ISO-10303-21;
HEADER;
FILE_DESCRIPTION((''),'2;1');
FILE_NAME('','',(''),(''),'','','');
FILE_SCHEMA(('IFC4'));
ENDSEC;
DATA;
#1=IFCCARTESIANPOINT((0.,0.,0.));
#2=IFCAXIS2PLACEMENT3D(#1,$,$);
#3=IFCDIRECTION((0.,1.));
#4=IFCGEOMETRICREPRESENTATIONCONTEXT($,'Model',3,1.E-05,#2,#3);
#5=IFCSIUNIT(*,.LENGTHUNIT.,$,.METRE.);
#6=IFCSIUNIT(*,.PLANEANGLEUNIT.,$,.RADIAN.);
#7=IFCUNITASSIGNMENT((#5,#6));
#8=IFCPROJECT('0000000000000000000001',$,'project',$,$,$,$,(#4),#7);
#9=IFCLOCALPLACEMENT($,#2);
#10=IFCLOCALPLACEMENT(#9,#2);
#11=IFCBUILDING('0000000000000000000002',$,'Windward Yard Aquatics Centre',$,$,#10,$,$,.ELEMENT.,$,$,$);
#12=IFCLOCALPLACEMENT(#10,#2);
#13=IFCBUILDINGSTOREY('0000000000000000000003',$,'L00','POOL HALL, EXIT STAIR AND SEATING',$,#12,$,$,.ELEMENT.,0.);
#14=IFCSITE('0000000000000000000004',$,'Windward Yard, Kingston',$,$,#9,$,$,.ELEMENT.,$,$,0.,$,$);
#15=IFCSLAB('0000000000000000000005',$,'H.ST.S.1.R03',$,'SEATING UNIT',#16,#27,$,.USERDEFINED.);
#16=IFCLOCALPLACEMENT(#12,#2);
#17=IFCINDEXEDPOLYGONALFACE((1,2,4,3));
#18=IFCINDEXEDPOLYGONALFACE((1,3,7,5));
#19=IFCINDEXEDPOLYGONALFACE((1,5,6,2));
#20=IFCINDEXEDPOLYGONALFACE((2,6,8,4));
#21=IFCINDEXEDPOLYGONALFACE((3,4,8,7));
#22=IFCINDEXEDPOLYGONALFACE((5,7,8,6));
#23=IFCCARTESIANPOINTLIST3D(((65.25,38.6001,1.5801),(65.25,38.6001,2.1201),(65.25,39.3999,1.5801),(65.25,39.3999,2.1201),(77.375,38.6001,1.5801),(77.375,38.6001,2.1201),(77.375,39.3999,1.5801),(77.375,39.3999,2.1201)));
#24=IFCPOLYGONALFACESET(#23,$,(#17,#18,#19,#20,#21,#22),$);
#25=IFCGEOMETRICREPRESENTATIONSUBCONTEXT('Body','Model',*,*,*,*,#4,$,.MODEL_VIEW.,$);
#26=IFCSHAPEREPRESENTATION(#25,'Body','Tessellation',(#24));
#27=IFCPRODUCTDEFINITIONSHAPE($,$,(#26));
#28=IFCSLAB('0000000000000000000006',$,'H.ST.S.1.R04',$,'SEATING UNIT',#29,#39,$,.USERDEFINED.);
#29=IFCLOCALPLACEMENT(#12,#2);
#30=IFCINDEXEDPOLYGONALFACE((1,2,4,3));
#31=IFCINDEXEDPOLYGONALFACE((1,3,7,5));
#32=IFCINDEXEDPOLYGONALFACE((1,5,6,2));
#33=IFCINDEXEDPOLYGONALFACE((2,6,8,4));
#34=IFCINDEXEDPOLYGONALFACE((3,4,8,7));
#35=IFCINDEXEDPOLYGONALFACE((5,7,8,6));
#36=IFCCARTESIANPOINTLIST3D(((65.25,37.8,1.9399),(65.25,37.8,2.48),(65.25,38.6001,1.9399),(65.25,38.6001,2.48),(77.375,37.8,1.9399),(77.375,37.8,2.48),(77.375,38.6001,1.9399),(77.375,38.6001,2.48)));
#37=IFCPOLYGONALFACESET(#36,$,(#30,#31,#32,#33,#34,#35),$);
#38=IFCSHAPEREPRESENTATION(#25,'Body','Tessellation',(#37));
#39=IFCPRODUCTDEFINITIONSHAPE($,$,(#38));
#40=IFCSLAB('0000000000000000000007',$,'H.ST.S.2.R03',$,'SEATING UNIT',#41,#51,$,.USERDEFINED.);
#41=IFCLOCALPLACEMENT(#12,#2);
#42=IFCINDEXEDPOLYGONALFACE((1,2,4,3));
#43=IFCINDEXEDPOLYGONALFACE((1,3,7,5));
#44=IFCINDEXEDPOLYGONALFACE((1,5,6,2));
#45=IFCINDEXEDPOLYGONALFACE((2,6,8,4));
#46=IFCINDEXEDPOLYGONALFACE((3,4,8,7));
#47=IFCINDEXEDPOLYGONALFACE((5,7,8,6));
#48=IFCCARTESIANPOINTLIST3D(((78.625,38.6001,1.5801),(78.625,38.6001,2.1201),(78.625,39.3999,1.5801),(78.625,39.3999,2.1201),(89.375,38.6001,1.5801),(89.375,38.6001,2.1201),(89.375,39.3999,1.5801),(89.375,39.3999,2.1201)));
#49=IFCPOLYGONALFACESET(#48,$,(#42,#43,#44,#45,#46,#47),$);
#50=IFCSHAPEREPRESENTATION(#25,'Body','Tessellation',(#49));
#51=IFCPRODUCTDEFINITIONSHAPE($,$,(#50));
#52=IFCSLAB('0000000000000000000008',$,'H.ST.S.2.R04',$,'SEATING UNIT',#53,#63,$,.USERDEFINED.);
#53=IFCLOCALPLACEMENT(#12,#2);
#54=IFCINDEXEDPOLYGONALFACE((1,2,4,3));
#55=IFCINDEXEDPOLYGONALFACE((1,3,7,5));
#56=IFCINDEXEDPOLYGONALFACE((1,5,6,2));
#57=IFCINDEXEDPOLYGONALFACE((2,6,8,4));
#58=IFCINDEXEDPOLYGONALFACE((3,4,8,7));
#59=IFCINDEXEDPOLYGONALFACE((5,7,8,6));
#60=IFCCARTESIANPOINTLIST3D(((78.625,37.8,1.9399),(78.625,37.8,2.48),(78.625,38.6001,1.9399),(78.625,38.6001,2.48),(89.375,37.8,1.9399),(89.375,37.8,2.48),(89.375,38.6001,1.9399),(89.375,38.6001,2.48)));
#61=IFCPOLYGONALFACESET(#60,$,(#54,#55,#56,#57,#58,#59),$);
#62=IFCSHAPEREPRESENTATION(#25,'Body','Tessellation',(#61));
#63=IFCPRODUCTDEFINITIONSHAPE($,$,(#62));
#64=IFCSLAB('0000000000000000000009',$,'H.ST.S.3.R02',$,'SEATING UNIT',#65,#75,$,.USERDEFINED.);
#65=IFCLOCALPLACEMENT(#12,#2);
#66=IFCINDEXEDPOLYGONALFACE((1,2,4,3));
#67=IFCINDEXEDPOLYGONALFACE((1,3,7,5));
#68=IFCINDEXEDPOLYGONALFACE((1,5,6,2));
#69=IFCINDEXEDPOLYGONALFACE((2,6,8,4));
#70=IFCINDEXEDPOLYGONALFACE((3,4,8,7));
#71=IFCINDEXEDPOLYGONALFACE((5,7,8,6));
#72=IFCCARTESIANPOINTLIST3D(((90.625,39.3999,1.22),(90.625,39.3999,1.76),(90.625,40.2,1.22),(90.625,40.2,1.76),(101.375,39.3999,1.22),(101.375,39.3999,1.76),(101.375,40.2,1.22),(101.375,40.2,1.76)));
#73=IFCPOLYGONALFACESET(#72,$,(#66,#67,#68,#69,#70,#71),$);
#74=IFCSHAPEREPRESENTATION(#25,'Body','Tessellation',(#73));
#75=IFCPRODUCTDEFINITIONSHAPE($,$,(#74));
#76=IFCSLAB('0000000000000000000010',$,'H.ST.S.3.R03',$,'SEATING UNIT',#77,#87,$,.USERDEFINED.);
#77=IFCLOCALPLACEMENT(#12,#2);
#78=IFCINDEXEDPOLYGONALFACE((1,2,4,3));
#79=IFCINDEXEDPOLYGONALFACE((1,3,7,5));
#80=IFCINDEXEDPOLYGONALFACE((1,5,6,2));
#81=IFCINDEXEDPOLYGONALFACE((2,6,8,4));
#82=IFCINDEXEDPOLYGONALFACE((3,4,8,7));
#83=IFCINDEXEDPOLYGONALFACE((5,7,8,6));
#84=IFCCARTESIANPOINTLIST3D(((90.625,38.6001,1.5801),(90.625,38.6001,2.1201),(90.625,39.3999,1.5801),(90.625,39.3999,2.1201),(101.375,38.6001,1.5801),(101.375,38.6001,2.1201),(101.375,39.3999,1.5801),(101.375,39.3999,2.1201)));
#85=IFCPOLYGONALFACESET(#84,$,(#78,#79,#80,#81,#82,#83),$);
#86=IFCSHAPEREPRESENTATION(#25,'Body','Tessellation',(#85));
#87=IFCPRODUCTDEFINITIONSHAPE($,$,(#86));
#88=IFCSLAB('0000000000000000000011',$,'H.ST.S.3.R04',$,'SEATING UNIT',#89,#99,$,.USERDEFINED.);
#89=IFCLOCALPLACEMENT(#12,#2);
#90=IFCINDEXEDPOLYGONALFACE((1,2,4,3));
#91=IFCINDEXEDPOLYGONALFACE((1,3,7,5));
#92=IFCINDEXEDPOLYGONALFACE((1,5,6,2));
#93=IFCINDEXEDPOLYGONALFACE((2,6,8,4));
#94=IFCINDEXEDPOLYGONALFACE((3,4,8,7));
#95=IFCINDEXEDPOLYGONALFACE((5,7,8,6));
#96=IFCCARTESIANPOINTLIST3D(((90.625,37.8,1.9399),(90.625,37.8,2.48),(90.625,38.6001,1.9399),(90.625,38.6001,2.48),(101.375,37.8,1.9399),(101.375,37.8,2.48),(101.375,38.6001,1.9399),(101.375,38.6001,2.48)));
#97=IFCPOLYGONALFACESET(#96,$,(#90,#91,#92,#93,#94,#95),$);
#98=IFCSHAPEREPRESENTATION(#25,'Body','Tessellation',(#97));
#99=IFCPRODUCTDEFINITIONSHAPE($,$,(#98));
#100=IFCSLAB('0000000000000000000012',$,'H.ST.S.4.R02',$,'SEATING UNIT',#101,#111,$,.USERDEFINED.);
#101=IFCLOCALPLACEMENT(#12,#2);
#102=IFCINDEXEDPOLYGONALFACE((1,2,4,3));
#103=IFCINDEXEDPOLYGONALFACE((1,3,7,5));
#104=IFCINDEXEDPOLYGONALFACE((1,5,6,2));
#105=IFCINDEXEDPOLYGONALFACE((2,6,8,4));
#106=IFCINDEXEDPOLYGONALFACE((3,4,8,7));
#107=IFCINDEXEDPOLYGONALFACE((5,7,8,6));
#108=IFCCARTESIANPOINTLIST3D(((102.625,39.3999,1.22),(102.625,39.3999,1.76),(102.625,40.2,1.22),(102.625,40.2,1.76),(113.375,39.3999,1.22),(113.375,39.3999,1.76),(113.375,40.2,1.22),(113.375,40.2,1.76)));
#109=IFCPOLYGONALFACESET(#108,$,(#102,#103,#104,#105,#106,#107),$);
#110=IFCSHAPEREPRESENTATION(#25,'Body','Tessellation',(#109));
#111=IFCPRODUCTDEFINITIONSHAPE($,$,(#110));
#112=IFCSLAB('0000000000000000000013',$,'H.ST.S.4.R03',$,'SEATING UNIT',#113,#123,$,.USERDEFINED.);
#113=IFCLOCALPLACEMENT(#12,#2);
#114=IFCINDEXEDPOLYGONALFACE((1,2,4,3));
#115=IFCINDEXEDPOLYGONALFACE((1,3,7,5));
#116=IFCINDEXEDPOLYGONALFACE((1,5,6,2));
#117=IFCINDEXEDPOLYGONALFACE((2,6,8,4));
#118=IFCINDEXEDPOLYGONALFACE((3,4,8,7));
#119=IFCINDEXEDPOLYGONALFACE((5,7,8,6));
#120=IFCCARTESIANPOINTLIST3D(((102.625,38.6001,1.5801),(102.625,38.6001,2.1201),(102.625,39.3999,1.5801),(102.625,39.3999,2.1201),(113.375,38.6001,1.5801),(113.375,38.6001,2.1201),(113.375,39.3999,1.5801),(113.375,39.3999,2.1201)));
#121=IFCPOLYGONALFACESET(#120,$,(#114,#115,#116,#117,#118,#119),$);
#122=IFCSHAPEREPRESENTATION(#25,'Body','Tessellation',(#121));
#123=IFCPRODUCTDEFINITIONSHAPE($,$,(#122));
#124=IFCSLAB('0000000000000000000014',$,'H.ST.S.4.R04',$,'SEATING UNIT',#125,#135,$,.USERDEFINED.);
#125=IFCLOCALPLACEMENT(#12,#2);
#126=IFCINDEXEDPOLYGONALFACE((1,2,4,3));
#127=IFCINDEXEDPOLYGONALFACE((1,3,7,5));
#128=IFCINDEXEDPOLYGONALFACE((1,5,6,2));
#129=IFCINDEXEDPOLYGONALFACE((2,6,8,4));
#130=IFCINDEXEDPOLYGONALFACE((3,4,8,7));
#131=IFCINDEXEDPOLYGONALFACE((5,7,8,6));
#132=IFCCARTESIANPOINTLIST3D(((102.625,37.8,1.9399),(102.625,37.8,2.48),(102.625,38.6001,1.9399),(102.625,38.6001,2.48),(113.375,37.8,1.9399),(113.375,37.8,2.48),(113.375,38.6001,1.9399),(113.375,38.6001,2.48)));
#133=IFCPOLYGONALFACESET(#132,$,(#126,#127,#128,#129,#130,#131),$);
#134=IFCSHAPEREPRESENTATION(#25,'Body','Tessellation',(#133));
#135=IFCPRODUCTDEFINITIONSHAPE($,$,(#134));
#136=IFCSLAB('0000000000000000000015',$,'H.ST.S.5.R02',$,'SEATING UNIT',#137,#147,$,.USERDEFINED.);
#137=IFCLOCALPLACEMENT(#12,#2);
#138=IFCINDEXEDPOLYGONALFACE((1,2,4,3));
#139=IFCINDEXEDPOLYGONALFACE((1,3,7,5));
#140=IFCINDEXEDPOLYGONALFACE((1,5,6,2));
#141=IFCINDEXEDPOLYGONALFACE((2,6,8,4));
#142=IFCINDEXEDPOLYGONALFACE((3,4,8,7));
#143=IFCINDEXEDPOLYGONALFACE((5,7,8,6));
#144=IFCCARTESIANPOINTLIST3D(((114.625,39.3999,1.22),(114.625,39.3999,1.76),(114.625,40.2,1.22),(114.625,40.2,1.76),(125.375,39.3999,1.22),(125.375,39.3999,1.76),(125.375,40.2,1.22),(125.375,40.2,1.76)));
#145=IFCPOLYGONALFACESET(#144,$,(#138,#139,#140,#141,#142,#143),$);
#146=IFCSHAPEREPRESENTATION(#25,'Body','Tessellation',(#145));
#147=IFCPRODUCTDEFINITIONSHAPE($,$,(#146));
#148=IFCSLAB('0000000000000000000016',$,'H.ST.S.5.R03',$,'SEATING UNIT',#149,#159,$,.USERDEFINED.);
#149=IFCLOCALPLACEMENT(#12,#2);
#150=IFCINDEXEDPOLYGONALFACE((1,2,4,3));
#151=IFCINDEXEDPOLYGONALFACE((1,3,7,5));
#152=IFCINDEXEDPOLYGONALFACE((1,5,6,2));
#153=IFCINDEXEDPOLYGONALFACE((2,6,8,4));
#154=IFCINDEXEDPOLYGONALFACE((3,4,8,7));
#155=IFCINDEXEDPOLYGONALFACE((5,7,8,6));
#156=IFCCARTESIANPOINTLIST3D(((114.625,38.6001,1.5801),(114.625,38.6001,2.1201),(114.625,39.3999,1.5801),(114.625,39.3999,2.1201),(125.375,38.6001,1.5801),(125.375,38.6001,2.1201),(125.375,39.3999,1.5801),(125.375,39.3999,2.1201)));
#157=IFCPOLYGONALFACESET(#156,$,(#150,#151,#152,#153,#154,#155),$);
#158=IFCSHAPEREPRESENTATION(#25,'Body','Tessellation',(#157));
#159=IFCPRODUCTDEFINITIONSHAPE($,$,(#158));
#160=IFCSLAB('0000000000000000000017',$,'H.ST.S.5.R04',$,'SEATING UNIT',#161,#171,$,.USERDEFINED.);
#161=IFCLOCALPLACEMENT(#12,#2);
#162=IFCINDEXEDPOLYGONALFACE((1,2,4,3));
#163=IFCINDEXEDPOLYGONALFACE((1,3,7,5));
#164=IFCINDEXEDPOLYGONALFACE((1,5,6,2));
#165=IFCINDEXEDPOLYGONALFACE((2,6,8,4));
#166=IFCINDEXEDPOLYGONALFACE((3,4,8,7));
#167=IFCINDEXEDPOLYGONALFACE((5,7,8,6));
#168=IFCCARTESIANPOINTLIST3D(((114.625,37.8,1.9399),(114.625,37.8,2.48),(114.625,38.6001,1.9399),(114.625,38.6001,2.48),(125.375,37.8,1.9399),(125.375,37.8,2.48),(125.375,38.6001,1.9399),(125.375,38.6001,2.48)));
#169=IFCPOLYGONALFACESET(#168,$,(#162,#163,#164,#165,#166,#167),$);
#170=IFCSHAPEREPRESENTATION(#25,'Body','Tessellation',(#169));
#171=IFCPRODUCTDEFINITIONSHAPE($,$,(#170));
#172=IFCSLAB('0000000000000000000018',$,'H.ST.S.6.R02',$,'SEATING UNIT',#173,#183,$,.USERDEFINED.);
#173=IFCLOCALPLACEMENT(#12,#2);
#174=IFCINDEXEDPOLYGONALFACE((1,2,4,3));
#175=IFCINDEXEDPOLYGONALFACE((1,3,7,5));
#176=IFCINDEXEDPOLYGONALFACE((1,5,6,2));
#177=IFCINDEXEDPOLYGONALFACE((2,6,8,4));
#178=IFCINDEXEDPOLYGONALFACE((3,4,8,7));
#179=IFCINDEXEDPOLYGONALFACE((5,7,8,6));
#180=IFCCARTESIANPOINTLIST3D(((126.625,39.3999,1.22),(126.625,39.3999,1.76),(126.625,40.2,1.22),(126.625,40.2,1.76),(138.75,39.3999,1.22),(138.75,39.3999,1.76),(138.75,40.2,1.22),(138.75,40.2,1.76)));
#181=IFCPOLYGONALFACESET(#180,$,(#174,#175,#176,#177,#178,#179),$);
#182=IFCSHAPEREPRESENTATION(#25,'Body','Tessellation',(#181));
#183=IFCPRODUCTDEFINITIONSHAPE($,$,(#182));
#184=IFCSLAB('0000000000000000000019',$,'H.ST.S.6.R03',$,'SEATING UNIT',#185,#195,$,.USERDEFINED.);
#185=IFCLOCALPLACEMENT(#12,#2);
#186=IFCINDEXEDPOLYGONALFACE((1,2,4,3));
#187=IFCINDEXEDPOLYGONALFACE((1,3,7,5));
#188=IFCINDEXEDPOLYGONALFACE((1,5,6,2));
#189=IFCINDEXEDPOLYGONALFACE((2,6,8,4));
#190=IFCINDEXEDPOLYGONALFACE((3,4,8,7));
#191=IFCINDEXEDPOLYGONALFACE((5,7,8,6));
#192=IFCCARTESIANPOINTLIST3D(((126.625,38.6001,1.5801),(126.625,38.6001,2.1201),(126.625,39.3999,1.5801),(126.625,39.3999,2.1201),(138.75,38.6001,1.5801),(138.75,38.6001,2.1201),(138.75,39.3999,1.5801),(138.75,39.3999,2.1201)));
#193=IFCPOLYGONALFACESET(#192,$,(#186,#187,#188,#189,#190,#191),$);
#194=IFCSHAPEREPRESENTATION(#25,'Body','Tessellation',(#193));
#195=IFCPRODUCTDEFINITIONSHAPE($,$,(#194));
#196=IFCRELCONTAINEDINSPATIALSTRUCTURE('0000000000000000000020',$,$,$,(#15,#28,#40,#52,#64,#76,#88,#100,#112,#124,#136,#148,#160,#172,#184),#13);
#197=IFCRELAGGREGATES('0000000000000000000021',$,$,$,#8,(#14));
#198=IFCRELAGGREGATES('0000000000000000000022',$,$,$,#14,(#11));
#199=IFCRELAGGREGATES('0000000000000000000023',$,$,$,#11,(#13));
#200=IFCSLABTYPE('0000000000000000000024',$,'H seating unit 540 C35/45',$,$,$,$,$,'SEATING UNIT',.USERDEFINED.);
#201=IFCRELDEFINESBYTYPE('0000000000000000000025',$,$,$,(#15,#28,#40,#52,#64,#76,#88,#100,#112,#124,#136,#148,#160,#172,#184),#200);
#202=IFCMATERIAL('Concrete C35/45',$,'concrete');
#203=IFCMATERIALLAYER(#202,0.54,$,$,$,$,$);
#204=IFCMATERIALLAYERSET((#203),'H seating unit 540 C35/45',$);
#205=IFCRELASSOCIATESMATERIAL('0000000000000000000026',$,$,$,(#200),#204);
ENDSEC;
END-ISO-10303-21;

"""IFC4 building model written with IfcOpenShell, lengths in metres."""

from ifc_helpers import new_model, si_unit, direction, frame, origin, place, context, subcontext, project, spatial, polyline, outline, extrude, material, layer, layer_set, type_object, element, save


model = new_model("IFC4")

# Units and contexts
model_context = context("Model", 3, precision=1e-05, world=origin(), true_north=direction((0.0, 1.0)))
body_context = subcontext(model_context, "Body", "Model", "MODEL_VIEW")
ifc_project = project(units=[si_unit("LENGTHUNIT", "METRE"), si_unit("PLANEANGLEUNIT", "RADIAN")], contexts=[model_context])

# Site, building, storey
site_placement = place(None, origin())
site = spatial("IfcSite", under=ifc_project, at=site_placement, Name="Windward Yard, Kingston", CompositionType="ELEMENT", RefElevation=0.0)
building_placement = place(site_placement, origin())
building = spatial("IfcBuilding", under=site, at=building_placement, Name="Windward Yard Aquatics Centre", CompositionType="ELEMENT")
storey_placement = place(building_placement, origin())
storey = spatial("IfcBuildingStorey", under=building, at=storey_placement, Name="L00", Description="POOL HALL, EXIT STAIR AND SEATING", CompositionType="ELEMENT", Elevation=0.0)

# Slabs
ifc_material = material(Name="Concrete C35/45", Category="concrete")
ifc_layer = layer(ifc_material, 0.54)
ifc_layer_set = layer_set([ifc_layer], Name="H seating unit 540 C35/45")
slab_type = type_object("IfcSlabType", Name="H seating unit 540 C35/45", ElementType="SEATING UNIT", PredefinedType="USERDEFINED", material=ifc_layer_set)
slab_1_placement = place(storey_placement, frame((0.0, 0.0, 1.5801)))
element("IfcSlab", 1, at=slab_1_placement, inside=storey, type_object=slab_type, Name="H.ST.S.1.R03", ObjectType="SEATING UNIT", PredefinedType="USERDEFINED", context=body_context, shape_type="SweptSolid", body=[
    extrude(outline(polyline([(65.25, 38.6001), (77.375, 38.6001), (77.375, 39.3999), (65.25, 39.3999), (65.25, 38.6001)])), origin(), (0.0, 0.0, 1.0), 0.54),
])
slab_2_placement = place(storey_placement, frame((0.0, 0.0, 1.9399)))
element("IfcSlab", 2, at=slab_2_placement, inside=storey, type_object=slab_type, Name="H.ST.S.1.R04", ObjectType="SEATING UNIT", PredefinedType="USERDEFINED", context=body_context, shape_type="SweptSolid", body=[
    extrude(outline(polyline([(65.25, 37.8), (77.375, 37.8), (77.375, 38.6001), (65.25, 38.6001), (65.25, 37.8)])), origin(), (0.0, 0.0, 1.0), 0.54),
])
slab_3_placement = place(storey_placement, frame((0.0, 0.0, 1.5801)))
element("IfcSlab", 3, at=slab_3_placement, inside=storey, type_object=slab_type, Name="H.ST.S.2.R03", ObjectType="SEATING UNIT", PredefinedType="USERDEFINED", context=body_context, shape_type="SweptSolid", body=[
    extrude(outline(polyline([(78.625, 38.6001), (89.375, 38.6001), (89.375, 39.3999), (78.625, 39.3999), (78.625, 38.6001)])), origin(), (0.0, 0.0, 1.0), 0.54),
])
slab_4_placement = place(storey_placement, frame((0.0, 0.0, 1.9399)))
element("IfcSlab", 4, at=slab_4_placement, inside=storey, type_object=slab_type, Name="H.ST.S.2.R04", ObjectType="SEATING UNIT", PredefinedType="USERDEFINED", context=body_context, shape_type="SweptSolid", body=[
    extrude(outline(polyline([(78.625, 37.8), (89.375, 37.8), (89.375, 38.6001), (78.625, 38.6001), (78.625, 37.8)])), origin(), (0.0, 0.0, 1.0), 0.54),
])
slab_5_placement = place(storey_placement, frame((0.0, 0.0, 1.22)))
element("IfcSlab", 5, at=slab_5_placement, inside=storey, type_object=slab_type, Name="H.ST.S.3.R02", ObjectType="SEATING UNIT", PredefinedType="USERDEFINED", context=body_context, shape_type="SweptSolid", body=[
    extrude(outline(polyline([(90.625, 39.3999), (101.375, 39.3999), (101.375, 40.2), (90.625, 40.2), (90.625, 39.3999)])), origin(), (0.0, 0.0, 1.0), 0.54),
])
slab_6_placement = place(storey_placement, frame((0.0, 0.0, 1.5801)))
element("IfcSlab", 6, at=slab_6_placement, inside=storey, type_object=slab_type, Name="H.ST.S.3.R03", ObjectType="SEATING UNIT", PredefinedType="USERDEFINED", context=body_context, shape_type="SweptSolid", body=[
    extrude(outline(polyline([(90.625, 38.6001), (101.375, 38.6001), (101.375, 39.3999), (90.625, 39.3999), (90.625, 38.6001)])), origin(), (0.0, 0.0, 1.0), 0.54),
])
slab_7_placement = place(storey_placement, frame((0.0, 0.0, 1.9399)))
element("IfcSlab", 7, at=slab_7_placement, inside=storey, type_object=slab_type, Name="H.ST.S.3.R04", ObjectType="SEATING UNIT", PredefinedType="USERDEFINED", context=body_context, shape_type="SweptSolid", body=[
    extrude(outline(polyline([(90.625, 37.8), (101.375, 37.8), (101.375, 38.6001), (90.625, 38.6001), (90.625, 37.8)])), origin(), (0.0, 0.0, 1.0), 0.54),
])
slab_8_placement = place(storey_placement, frame((0.0, 0.0, 1.22)))
element("IfcSlab", 8, at=slab_8_placement, inside=storey, type_object=slab_type, Name="H.ST.S.4.R02", ObjectType="SEATING UNIT", PredefinedType="USERDEFINED", context=body_context, shape_type="SweptSolid", body=[
    extrude(outline(polyline([(102.625, 39.3999), (113.375, 39.3999), (113.375, 40.2), (102.625, 40.2), (102.625, 39.3999)])), origin(), (0.0, 0.0, 1.0), 0.54),
])
slab_9_placement = place(storey_placement, frame((0.0, 0.0, 1.5801)))
element("IfcSlab", 9, at=slab_9_placement, inside=storey, type_object=slab_type, Name="H.ST.S.4.R03", ObjectType="SEATING UNIT", PredefinedType="USERDEFINED", context=body_context, shape_type="SweptSolid", body=[
    extrude(outline(polyline([(102.625, 38.6001), (113.375, 38.6001), (113.375, 39.3999), (102.625, 39.3999), (102.625, 38.6001)])), origin(), (0.0, 0.0, 1.0), 0.54),
])
slab_10_placement = place(storey_placement, frame((0.0, 0.0, 1.9399)))
element("IfcSlab", 10, at=slab_10_placement, inside=storey, type_object=slab_type, Name="H.ST.S.4.R04", ObjectType="SEATING UNIT", PredefinedType="USERDEFINED", context=body_context, shape_type="SweptSolid", body=[
    extrude(outline(polyline([(102.625, 37.8), (113.375, 37.8), (113.375, 38.6001), (102.625, 38.6001), (102.625, 37.8)])), origin(), (0.0, 0.0, 1.0), 0.54),
])
slab_11_placement = place(storey_placement, frame((0.0, 0.0, 1.22)))
element("IfcSlab", 11, at=slab_11_placement, inside=storey, type_object=slab_type, Name="H.ST.S.5.R02", ObjectType="SEATING UNIT", PredefinedType="USERDEFINED", context=body_context, shape_type="SweptSolid", body=[
    extrude(outline(polyline([(114.625, 39.3999), (125.375, 39.3999), (125.375, 40.2), (114.625, 40.2), (114.625, 39.3999)])), origin(), (0.0, 0.0, 1.0), 0.54),
])
slab_12_placement = place(storey_placement, frame((0.0, 0.0, 1.5801)))
element("IfcSlab", 12, at=slab_12_placement, inside=storey, type_object=slab_type, Name="H.ST.S.5.R03", ObjectType="SEATING UNIT", PredefinedType="USERDEFINED", context=body_context, shape_type="SweptSolid", body=[
    extrude(outline(polyline([(114.625, 38.6001), (125.375, 38.6001), (125.375, 39.3999), (114.625, 39.3999), (114.625, 38.6001)])), origin(), (0.0, 0.0, 1.0), 0.54),
])
slab_13_placement = place(storey_placement, frame((0.0, 0.0, 1.9399)))
element("IfcSlab", 13, at=slab_13_placement, inside=storey, type_object=slab_type, Name="H.ST.S.5.R04", ObjectType="SEATING UNIT", PredefinedType="USERDEFINED", context=body_context, shape_type="SweptSolid", body=[
    extrude(outline(polyline([(114.625, 37.8), (125.375, 37.8), (125.375, 38.6001), (114.625, 38.6001), (114.625, 37.8)])), origin(), (0.0, 0.0, 1.0), 0.54),
])
slab_14_placement = place(storey_placement, frame((0.0, 0.0, 1.22)))
element("IfcSlab", 14, at=slab_14_placement, inside=storey, type_object=slab_type, Name="H.ST.S.6.R02", ObjectType="SEATING UNIT", PredefinedType="USERDEFINED", context=body_context, shape_type="SweptSolid", body=[
    extrude(outline(polyline([(126.625, 39.3999), (138.75, 39.3999), (138.75, 40.2), (126.625, 40.2), (126.625, 39.3999)])), origin(), (0.0, 0.0, 1.0), 0.54),
])
slab_15_placement = place(storey_placement, frame((0.0, 0.0, 1.5801)))
element("IfcSlab", 15, at=slab_15_placement, inside=storey, type_object=slab_type, Name="H.ST.S.6.R03", ObjectType="SEATING UNIT", PredefinedType="USERDEFINED", context=body_context, shape_type="SweptSolid", body=[
    extrude(outline(polyline([(126.625, 38.6001), (138.75, 38.6001), (138.75, 39.3999), (126.625, 39.3999), (126.625, 38.6001)])), origin(), (0.0, 0.0, 1.0), 0.54),
])

save(model, "model.ifc")
